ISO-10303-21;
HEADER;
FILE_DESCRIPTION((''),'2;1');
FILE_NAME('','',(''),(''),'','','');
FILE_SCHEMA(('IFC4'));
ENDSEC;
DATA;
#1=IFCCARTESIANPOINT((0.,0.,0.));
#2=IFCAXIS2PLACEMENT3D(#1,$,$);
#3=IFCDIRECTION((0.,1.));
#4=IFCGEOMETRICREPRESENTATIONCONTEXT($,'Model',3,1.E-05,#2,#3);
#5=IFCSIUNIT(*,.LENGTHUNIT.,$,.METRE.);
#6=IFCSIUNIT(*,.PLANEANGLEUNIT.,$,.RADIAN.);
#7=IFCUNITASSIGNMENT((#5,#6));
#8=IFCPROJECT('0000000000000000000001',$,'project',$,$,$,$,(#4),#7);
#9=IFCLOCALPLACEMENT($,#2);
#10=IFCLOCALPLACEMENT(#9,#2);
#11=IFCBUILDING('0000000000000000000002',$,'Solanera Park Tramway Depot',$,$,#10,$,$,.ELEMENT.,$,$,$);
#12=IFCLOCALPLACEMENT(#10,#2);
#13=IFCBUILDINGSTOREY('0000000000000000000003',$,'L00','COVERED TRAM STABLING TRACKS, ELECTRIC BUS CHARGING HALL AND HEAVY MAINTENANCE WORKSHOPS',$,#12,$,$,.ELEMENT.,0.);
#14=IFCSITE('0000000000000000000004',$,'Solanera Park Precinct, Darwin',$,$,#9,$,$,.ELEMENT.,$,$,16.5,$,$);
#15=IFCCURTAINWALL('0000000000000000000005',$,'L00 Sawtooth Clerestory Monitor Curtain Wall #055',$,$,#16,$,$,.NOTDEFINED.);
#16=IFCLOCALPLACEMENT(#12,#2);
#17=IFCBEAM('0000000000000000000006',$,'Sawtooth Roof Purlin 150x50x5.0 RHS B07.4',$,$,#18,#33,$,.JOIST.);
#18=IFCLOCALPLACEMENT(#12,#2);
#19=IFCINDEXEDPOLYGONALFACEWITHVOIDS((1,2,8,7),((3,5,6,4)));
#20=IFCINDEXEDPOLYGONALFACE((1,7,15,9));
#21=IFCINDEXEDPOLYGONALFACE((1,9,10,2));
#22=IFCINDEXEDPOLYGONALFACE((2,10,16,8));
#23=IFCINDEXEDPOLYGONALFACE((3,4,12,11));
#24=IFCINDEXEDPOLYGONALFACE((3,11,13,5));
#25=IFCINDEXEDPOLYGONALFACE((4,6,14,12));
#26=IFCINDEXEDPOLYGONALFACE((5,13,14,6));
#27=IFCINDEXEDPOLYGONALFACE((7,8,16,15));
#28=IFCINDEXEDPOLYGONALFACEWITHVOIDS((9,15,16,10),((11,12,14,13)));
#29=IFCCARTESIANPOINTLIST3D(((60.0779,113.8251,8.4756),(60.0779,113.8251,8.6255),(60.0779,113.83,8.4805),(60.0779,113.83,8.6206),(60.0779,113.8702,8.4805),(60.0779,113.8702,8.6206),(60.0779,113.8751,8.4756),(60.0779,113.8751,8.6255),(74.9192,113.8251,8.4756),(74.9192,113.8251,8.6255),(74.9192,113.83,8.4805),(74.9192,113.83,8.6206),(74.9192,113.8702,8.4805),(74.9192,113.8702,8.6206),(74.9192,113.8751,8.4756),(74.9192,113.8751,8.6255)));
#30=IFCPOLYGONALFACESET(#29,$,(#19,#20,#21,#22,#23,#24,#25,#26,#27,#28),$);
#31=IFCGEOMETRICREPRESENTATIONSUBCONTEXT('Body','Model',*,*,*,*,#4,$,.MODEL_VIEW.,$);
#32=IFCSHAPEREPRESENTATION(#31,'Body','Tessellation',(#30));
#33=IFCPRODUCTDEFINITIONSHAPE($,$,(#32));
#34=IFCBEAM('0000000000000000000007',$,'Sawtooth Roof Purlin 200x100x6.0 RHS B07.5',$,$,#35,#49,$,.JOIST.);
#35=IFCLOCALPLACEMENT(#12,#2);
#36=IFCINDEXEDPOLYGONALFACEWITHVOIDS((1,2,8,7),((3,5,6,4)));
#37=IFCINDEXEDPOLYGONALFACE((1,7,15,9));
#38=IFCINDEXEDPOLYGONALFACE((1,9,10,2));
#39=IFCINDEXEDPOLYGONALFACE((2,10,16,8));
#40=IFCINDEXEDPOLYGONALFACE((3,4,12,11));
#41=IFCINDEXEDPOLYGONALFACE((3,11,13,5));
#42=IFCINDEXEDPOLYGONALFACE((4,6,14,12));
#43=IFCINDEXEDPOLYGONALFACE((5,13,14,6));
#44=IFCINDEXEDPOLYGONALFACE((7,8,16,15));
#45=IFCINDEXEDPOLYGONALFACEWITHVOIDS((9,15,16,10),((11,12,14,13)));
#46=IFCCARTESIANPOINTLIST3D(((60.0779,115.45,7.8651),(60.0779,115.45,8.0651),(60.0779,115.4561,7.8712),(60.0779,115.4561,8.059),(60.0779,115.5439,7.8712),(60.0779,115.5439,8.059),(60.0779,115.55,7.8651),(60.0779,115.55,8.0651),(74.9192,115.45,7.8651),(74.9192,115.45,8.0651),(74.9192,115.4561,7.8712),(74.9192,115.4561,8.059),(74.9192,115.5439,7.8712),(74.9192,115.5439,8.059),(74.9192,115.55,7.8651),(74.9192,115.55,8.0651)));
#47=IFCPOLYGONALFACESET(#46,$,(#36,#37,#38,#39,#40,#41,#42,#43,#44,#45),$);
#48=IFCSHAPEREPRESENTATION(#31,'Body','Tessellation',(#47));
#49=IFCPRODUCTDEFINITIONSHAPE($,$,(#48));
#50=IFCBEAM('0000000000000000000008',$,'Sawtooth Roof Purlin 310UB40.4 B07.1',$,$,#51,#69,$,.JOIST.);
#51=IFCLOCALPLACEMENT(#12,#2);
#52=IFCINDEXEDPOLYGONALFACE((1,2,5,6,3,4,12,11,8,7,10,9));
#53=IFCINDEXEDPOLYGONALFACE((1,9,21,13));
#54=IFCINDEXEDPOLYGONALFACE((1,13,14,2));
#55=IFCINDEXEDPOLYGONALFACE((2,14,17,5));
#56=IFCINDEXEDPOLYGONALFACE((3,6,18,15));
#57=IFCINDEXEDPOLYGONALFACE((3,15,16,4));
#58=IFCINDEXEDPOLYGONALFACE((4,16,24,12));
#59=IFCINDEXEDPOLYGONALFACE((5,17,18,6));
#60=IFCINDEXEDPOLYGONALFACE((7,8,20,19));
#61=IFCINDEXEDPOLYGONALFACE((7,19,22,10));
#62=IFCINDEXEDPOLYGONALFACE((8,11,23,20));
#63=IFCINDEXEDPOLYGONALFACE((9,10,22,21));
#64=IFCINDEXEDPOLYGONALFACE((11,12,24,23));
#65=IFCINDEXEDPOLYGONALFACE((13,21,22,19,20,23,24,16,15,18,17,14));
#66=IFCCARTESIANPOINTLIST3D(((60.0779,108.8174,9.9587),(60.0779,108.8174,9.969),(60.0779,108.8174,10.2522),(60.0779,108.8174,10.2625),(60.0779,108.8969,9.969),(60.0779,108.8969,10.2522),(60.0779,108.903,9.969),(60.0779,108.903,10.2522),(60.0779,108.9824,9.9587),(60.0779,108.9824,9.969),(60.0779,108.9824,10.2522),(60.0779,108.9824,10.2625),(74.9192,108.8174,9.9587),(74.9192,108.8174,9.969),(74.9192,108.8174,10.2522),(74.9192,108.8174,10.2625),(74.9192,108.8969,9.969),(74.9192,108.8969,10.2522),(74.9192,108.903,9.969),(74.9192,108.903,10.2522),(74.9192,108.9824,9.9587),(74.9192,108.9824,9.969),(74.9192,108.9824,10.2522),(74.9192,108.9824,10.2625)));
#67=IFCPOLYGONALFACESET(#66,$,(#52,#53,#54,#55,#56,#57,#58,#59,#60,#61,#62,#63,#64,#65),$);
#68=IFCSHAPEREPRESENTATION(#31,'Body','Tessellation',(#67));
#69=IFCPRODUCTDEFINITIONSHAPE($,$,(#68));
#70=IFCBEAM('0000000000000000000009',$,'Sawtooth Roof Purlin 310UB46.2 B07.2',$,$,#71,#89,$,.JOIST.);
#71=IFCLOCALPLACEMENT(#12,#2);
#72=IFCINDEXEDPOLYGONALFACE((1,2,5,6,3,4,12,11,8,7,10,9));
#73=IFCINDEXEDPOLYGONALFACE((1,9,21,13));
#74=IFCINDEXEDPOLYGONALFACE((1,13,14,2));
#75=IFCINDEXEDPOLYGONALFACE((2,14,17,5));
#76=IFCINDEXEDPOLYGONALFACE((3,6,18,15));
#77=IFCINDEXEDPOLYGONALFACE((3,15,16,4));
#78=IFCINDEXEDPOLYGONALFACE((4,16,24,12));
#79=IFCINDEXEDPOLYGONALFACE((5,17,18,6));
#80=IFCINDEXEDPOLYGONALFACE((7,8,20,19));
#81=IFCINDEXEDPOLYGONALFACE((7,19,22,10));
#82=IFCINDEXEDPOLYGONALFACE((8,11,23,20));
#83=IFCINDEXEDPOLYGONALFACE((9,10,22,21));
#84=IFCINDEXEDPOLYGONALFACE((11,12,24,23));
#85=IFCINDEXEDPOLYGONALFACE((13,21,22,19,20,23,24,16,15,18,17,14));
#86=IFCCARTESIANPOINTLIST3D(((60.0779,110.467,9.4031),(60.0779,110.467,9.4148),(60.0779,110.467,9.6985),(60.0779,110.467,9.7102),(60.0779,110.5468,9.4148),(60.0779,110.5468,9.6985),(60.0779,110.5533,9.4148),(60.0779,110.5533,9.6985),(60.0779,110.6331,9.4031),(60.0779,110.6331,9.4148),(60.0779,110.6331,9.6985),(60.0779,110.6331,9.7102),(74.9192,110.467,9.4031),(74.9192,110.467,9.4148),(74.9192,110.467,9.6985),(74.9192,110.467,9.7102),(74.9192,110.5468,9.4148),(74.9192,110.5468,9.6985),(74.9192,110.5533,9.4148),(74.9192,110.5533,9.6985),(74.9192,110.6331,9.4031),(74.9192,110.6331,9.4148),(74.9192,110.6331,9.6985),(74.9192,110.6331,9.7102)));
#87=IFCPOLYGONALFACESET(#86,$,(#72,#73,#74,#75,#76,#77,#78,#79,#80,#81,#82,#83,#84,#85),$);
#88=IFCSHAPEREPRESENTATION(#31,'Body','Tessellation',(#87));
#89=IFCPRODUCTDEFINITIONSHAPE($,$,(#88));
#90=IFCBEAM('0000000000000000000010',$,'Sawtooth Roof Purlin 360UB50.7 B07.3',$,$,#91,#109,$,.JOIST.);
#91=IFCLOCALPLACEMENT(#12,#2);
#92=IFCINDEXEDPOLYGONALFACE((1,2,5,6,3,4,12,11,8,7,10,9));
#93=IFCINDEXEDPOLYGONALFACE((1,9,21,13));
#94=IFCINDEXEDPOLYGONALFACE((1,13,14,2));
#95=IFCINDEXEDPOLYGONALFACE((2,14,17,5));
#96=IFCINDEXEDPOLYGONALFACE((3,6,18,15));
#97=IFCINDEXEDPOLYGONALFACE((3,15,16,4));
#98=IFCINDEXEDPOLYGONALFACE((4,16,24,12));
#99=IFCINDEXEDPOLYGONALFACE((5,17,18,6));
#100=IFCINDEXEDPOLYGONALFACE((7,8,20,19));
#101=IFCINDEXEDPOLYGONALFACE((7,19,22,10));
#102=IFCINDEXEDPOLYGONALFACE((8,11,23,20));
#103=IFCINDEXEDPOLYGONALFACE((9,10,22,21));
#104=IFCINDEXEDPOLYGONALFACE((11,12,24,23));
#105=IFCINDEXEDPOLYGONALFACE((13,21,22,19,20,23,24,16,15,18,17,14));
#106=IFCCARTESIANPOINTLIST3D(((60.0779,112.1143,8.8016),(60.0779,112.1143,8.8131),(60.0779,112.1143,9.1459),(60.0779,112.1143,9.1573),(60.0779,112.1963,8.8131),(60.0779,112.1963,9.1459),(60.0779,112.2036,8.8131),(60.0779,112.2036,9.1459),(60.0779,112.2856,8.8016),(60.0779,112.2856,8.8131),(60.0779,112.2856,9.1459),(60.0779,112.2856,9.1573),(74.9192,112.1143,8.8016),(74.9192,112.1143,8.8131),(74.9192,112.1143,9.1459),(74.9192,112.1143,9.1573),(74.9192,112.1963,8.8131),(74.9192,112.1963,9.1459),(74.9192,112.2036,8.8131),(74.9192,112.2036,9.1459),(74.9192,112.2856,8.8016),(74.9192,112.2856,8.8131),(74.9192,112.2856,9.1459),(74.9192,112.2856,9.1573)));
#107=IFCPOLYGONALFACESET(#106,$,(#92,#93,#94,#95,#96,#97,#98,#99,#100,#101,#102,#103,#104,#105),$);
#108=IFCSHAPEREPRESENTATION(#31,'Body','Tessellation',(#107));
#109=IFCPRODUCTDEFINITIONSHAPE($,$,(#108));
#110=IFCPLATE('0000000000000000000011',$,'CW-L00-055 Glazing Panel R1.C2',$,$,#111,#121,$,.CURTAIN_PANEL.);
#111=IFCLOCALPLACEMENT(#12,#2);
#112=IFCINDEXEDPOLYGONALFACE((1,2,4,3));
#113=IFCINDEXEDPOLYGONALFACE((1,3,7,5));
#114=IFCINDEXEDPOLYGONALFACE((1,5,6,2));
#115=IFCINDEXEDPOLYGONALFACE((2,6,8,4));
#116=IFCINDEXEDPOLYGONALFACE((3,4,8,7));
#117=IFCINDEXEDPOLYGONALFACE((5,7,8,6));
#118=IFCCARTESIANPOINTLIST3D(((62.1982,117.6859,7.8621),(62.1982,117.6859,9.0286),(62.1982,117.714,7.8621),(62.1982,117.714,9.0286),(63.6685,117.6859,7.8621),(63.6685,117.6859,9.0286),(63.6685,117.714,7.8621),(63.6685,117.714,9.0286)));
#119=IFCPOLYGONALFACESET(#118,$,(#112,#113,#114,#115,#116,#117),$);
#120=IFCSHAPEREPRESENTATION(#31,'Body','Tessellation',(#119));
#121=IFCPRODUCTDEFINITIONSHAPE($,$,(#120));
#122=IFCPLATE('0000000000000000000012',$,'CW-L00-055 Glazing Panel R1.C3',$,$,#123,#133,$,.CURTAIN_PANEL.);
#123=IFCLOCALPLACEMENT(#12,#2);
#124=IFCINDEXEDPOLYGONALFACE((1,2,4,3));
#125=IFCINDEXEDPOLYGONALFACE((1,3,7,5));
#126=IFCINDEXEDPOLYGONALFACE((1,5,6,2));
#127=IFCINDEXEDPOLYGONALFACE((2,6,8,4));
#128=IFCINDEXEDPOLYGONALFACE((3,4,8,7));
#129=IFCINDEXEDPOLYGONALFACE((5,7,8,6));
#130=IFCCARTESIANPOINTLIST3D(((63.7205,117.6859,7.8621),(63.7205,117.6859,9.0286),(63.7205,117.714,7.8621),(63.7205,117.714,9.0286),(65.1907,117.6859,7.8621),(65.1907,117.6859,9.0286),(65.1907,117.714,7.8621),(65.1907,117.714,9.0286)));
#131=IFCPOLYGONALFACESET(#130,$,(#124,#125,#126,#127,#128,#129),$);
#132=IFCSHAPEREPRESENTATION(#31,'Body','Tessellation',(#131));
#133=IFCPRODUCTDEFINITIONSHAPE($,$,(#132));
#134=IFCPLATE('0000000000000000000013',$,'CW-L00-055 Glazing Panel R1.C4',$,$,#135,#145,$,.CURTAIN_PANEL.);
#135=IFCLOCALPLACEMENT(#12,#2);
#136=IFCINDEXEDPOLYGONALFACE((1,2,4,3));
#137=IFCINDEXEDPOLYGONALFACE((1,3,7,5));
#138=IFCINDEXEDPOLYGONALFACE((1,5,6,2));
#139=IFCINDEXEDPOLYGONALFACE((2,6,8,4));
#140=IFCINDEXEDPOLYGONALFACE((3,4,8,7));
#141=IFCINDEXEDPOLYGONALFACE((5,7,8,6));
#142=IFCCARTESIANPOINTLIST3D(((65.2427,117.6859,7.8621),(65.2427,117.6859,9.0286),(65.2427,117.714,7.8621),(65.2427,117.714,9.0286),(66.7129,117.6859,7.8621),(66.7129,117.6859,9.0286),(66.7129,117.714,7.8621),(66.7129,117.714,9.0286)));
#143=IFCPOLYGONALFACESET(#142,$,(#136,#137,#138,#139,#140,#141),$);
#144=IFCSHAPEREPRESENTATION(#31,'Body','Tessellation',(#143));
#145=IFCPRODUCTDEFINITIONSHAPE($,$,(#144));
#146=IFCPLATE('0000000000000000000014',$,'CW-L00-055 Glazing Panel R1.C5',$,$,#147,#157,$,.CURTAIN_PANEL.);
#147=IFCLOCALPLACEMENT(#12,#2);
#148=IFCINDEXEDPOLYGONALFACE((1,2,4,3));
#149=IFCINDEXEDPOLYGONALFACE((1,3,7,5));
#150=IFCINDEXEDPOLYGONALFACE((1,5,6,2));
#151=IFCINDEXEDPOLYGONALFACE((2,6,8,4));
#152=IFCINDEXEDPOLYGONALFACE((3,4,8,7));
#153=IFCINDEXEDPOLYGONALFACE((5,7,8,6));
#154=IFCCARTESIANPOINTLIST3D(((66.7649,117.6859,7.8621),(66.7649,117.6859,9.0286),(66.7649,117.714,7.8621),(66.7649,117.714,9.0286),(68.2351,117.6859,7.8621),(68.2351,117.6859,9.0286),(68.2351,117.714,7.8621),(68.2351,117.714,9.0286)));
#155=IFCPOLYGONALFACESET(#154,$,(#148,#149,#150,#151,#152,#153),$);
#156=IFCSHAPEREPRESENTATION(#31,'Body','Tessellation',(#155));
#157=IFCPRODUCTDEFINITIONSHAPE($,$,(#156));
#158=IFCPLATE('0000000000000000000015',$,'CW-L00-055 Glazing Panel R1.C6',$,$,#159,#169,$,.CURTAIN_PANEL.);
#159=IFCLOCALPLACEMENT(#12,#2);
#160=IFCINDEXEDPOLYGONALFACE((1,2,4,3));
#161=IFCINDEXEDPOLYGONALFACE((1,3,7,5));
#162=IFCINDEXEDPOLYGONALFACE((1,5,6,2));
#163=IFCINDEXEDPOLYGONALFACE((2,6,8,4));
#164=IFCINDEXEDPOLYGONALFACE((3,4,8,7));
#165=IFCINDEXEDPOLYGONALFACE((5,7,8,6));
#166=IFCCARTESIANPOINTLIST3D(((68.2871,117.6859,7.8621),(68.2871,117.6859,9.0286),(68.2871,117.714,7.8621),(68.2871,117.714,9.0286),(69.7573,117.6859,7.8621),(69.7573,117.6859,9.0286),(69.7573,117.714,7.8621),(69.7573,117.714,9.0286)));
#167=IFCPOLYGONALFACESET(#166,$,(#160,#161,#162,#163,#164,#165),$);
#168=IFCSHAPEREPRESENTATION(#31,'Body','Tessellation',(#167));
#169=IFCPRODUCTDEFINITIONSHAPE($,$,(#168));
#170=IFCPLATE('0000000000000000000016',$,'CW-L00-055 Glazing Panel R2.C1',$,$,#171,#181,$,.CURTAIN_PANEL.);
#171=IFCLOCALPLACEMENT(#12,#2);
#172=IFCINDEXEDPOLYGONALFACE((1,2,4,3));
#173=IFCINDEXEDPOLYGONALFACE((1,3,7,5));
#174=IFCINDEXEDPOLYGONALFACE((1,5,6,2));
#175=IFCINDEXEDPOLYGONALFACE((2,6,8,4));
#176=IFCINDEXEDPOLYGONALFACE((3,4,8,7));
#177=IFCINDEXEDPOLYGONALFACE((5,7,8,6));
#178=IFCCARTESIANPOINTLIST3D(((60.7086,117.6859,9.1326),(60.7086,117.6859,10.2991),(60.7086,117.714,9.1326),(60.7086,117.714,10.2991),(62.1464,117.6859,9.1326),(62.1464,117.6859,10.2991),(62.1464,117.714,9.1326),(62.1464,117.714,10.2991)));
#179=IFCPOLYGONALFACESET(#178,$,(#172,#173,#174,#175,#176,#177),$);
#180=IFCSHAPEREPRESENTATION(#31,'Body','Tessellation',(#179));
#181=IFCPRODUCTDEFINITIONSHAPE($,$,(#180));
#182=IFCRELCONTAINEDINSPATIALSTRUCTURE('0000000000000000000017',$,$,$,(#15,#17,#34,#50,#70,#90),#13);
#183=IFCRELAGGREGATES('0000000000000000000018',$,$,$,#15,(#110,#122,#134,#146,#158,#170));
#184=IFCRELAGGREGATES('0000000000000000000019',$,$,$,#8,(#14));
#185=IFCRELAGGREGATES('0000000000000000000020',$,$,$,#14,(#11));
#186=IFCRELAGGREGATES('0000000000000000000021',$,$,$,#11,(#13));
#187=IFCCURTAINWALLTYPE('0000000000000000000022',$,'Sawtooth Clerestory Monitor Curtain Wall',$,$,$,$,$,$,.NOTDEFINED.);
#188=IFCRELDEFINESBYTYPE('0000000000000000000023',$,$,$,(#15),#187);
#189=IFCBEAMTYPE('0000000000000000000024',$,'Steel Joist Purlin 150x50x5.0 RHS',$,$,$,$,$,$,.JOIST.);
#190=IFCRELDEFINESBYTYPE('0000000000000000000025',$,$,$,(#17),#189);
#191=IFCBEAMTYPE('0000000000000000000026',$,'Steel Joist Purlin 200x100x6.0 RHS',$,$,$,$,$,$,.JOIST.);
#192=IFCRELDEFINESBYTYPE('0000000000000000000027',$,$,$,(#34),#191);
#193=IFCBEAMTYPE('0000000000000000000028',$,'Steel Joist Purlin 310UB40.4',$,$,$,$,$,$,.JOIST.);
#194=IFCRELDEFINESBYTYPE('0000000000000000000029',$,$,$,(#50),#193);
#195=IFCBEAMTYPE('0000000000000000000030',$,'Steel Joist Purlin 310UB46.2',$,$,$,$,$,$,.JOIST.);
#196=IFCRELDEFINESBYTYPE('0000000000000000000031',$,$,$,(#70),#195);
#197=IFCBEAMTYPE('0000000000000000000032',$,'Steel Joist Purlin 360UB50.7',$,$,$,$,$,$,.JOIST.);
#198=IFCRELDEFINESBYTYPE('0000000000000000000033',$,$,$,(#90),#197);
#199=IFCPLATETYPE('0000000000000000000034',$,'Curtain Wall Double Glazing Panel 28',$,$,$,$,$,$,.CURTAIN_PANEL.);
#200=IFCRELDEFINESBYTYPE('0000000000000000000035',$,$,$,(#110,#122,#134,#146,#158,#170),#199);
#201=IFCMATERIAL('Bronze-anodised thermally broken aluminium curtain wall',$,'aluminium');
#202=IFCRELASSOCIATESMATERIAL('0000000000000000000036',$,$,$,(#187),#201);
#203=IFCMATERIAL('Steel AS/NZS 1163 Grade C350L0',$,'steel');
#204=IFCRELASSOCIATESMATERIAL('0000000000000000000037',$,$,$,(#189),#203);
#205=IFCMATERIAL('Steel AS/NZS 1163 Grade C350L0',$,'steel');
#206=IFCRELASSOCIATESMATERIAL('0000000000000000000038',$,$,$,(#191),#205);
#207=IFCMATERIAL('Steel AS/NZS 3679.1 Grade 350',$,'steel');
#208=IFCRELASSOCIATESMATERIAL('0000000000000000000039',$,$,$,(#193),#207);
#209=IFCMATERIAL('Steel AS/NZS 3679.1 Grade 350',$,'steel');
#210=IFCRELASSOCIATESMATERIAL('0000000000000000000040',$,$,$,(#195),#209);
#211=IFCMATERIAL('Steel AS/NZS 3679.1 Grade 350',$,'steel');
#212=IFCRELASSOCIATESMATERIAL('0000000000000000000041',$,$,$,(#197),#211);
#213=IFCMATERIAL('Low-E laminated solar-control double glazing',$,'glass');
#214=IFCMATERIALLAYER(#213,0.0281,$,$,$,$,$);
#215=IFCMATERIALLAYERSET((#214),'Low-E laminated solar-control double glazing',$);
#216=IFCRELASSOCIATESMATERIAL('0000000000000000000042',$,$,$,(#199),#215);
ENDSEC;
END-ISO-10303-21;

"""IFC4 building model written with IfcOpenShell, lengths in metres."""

from ifc_helpers import new_model, si_unit, direction, frame, origin, origin_2d, place, context, subcontext, project, spatial, rectangle, hollow_rectangle, i_section, extrude, material, layer, layer_set, material_profile, profile_set, type_object, element, aggregate, save


model = new_model("IFC4")

# Units and contexts
model_context = context("Model", 3, precision=1e-05, world=origin(), true_north=direction((0.0, 1.0)))
body_context = subcontext(model_context, "Body", "Model", "MODEL_VIEW")
ifc_project = project(units=[si_unit("LENGTHUNIT", "METRE"), si_unit("PLANEANGLEUNIT", "RADIAN")], contexts=[model_context])

# Site, building, storey
site_placement = place(None, origin())
site = spatial("IfcSite", under=ifc_project, at=site_placement, Name="Solanera Park Precinct, Darwin", CompositionType="ELEMENT", RefElevation=16.5)
building_placement = place(site_placement, origin())
building = spatial("IfcBuilding", under=site, at=building_placement, Name="Solanera Park Tramway Depot", CompositionType="ELEMENT")
storey_placement = place(building_placement, origin())
storey = spatial("IfcBuildingStorey", under=building, at=storey_placement, Name="L00", Description="COVERED TRAM STABLING TRACKS, ELECTRIC BUS CHARGING HALL AND HEAVY MAINTENANCE WORKSHOPS", CompositionType="ELEMENT", Elevation=0.0)

# Curtain wall
ifc_material_1 = material(Name="Bronze-anodised thermally broken aluminium curtain wall", Category="aluminium")
curtain_wall_type = type_object("IfcCurtainWallType", Name="Sawtooth Clerestory Monitor Curtain Wall", PredefinedType="NOTDEFINED", material=ifc_material_1)
curtain_wall_placement = place(storey_placement, origin())
curtain_wall = element("IfcCurtainWall", 1, at=curtain_wall_placement, inside=storey, type_object=curtain_wall_type, Name="L00 Sawtooth Clerestory Monitor Curtain Wall #055", PredefinedType="NOTDEFINED")

# Beams
ifc_material_2 = material(Name="Steel AS/NZS 1163 Grade C350L0", Category="steel")
ifc_material_profile_1 = material_profile(ifc_material_2, hollow_rectangle(XDim=0.05, YDim=0.1499, WallThickness=0.0049, at=origin_2d()), Name="150x50x5.0 RHS")
ifc_profile_set_1 = profile_set([ifc_material_profile_1], Name="Steel AS/NZS 1163 Grade C350L0")
beam_type_1 = type_object("IfcBeamType", Name="Steel Joist Purlin 150x50x5.0 RHS", PredefinedType="JOIST", material=ifc_profile_set_1)
beam_1_placement = place(storey_placement, frame((60.0779, 113.8501, 8.5505), z_axis=(1.0, 0.0, 0.0), x_axis=(0.0, 1.0, 0.0)))
element("IfcBeam", 2, at=beam_1_placement, inside=storey, type_object=beam_type_1, Name="Sawtooth Roof Purlin 150x50x5.0 RHS B07.4", PredefinedType="JOIST", context=body_context, shape_type="SweptSolid", body=[
    extrude(hollow_rectangle(XDim=0.05, YDim=0.1499, WallThickness=0.0049, at=origin_2d()), origin(), (0.0, 0.0, 1.0), 14.8413),
])
ifc_material_3 = material(Name="Steel AS/NZS 1163 Grade C350L0", Category="steel")
ifc_material_profile_2 = material_profile(ifc_material_3, hollow_rectangle(XDim=0.1001, YDim=0.2, WallThickness=0.0061, at=origin_2d()), Name="200x100x6.0 RHS")
ifc_profile_set_2 = profile_set([ifc_material_profile_2], Name="Steel AS/NZS 1163 Grade C350L0")
beam_type_2 = type_object("IfcBeamType", Name="Steel Joist Purlin 200x100x6.0 RHS", PredefinedType="JOIST", material=ifc_profile_set_2)
beam_2_placement = place(storey_placement, frame((60.0779, 115.5, 7.9651), z_axis=(1.0, 0.0, 0.0), x_axis=(0.0, 1.0, 0.0)))
element("IfcBeam", 3, at=beam_2_placement, inside=storey, type_object=beam_type_2, Name="Sawtooth Roof Purlin 200x100x6.0 RHS B07.5", PredefinedType="JOIST", context=body_context, shape_type="SweptSolid", body=[
    extrude(hollow_rectangle(XDim=0.1001, YDim=0.2, WallThickness=0.0061, at=origin_2d()), origin(), (0.0, 0.0, 1.0), 14.8413),
])
ifc_material_4 = material(Name="Steel AS/NZS 3679.1 Grade 350", Category="steel")
ifc_material_profile_3 = material_profile(ifc_material_4, i_section(OverallWidth=0.165, OverallDepth=0.3037, WebThickness=0.0061, FlangeThickness=0.0103, at=origin_2d()), Name="310UB40.4")
ifc_profile_set_3 = profile_set([ifc_material_profile_3], Name="Steel AS/NZS 3679.1 Grade 350")
beam_type_3 = type_object("IfcBeamType", Name="Steel Joist Purlin 310UB40.4", PredefinedType="JOIST", material=ifc_profile_set_3)
beam_3_placement = place(storey_placement, frame((60.0779, 108.8999, 10.1106), z_axis=(1.0, 0.0, 0.0), x_axis=(0.0, 1.0, 0.0)))
element("IfcBeam", 4, at=beam_3_placement, inside=storey, type_object=beam_type_3, Name="Sawtooth Roof Purlin 310UB40.4 B07.1", PredefinedType="JOIST", context=body_context, shape_type="SweptSolid", body=[
    extrude(i_section(OverallWidth=0.165, OverallDepth=0.3037, WebThickness=0.0061, FlangeThickness=0.0103, at=origin_2d()), origin(), (0.0, 0.0, 1.0), 14.8413),
])
ifc_material_5 = material(Name="Steel AS/NZS 3679.1 Grade 350", Category="steel")
ifc_material_profile_4 = material_profile(ifc_material_5, i_section(OverallWidth=0.166, OverallDepth=0.3071, WebThickness=0.0066, FlangeThickness=0.0117, at=origin_2d()), Name="310UB46.2")
ifc_profile_set_4 = profile_set([ifc_material_profile_4], Name="Steel AS/NZS 3679.1 Grade 350")
beam_type_4 = type_object("IfcBeamType", Name="Steel Joist Purlin 310UB46.2", PredefinedType="JOIST", material=ifc_profile_set_4)
beam_4_placement = place(storey_placement, frame((60.0779, 110.55, 9.5566), z_axis=(1.0, 0.0, 0.0), x_axis=(0.0, 1.0, 0.0)))
element("IfcBeam", 5, at=beam_4_placement, inside=storey, type_object=beam_type_4, Name="Sawtooth Roof Purlin 310UB46.2 B07.2", PredefinedType="JOIST", context=body_context, shape_type="SweptSolid", body=[
    extrude(i_section(OverallWidth=0.166, OverallDepth=0.3071, WebThickness=0.0066, FlangeThickness=0.0117, at=origin_2d()), origin(), (0.0, 0.0, 1.0), 14.8413),
])
ifc_material_6 = material(Name="Steel AS/NZS 3679.1 Grade 350", Category="steel")
ifc_material_profile_5 = material_profile(ifc_material_6, i_section(OverallWidth=0.1714, OverallDepth=0.3557, WebThickness=0.0073, FlangeThickness=0.0115, at=origin_2d()), Name="360UB50.7")
ifc_profile_set_5 = profile_set([ifc_material_profile_5], Name="Steel AS/NZS 3679.1 Grade 350")
beam_type_5 = type_object("IfcBeamType", Name="Steel Joist Purlin 360UB50.7", PredefinedType="JOIST", material=ifc_profile_set_5)
beam_5_placement = place(storey_placement, frame((60.0779, 112.2, 8.9795), z_axis=(1.0, 0.0, 0.0), x_axis=(0.0, 1.0, 0.0)))
element("IfcBeam", 6, at=beam_5_placement, inside=storey, type_object=beam_type_5, Name="Sawtooth Roof Purlin 360UB50.7 B07.3", PredefinedType="JOIST", context=body_context, shape_type="SweptSolid", body=[
    extrude(i_section(OverallWidth=0.1714, OverallDepth=0.3557, WebThickness=0.0073, FlangeThickness=0.0115, at=origin_2d()), origin(), (0.0, 0.0, 1.0), 14.8413),
])

# Plates
ifc_material_7 = material(Name="Low-E laminated solar-control double glazing", Category="glass")
ifc_layer_1 = layer(ifc_material_7, 0.0281)
ifc_layer_set_1 = layer_set([ifc_layer_1], Name="Low-E laminated solar-control double glazing")
plate_type_1 = type_object("IfcPlateType", Name="Curtain Wall Double Glazing Panel 28", PredefinedType="CURTAIN_PANEL", material=ifc_layer_set_1)
plate_1_placement = place(storey_placement, frame((62.9333, 117.7, 7.8621), z_axis=(0.0, 0.0, 1.0), x_axis=(1.0, 0.0, 0.0)))
plate_1 = element("IfcPlate", 7, at=plate_1_placement, type_object=plate_type_1, Name="CW-L00-055 Glazing Panel R1.C2", PredefinedType="CURTAIN_PANEL", context=body_context, shape_type="SweptSolid", body=[
    extrude(rectangle(XDim=1.4702, YDim=0.0281, at=origin_2d()), origin(), (0.0, 0.0, 1.0), 1.1665),
])
plate_2_placement = place(storey_placement, frame((64.4556, 117.7, 7.8621), z_axis=(0.0, 0.0, 1.0), x_axis=(1.0, 0.0, 0.0)))
plate_2 = element("IfcPlate", 8, at=plate_2_placement, type_object=plate_type_1, Name="CW-L00-055 Glazing Panel R1.C3", PredefinedType="CURTAIN_PANEL", context=body_context, shape_type="SweptSolid", body=[
    extrude(rectangle(XDim=1.4702, YDim=0.0281, at=origin_2d()), origin(), (0.0, 0.0, 1.0), 1.1665),
])
plate_3_placement = place(storey_placement, frame((65.9778, 117.7, 7.8621), z_axis=(0.0, 0.0, 1.0), x_axis=(1.0, 0.0, 0.0)))
plate_3 = element("IfcPlate", 9, at=plate_3_placement, type_object=plate_type_1, Name="CW-L00-055 Glazing Panel R1.C4", PredefinedType="CURTAIN_PANEL", context=body_context, shape_type="SweptSolid", body=[
    extrude(rectangle(XDim=1.4702, YDim=0.0281, at=origin_2d()), origin(), (0.0, 0.0, 1.0), 1.1665),
])
plate_4_placement = place(storey_placement, frame((67.5, 117.7, 7.8621), z_axis=(0.0, 0.0, 1.0), x_axis=(1.0, 0.0, 0.0)))
plate_4 = element("IfcPlate", 10, at=plate_4_placement, type_object=plate_type_1, Name="CW-L00-055 Glazing Panel R1.C5", PredefinedType="CURTAIN_PANEL", context=body_context, shape_type="SweptSolid", body=[
    extrude(rectangle(XDim=1.4702, YDim=0.0281, at=origin_2d()), origin(), (0.0, 0.0, 1.0), 1.1665),
])
plate_5_placement = place(storey_placement, frame((69.0222, 117.7, 7.8621), z_axis=(0.0, 0.0, 1.0), x_axis=(1.0, 0.0, 0.0)))
plate_5 = element("IfcPlate", 11, at=plate_5_placement, type_object=plate_type_1, Name="CW-L00-055 Glazing Panel R1.C6", PredefinedType="CURTAIN_PANEL", context=body_context, shape_type="SweptSolid", body=[
    extrude(rectangle(XDim=1.4702, YDim=0.0281, at=origin_2d()), origin(), (0.0, 0.0, 1.0), 1.1665),
])
plate_6_placement = place(storey_placement, frame((61.4275, 117.7, 9.1326), z_axis=(0.0, 0.0, 1.0), x_axis=(1.0, 0.0, 0.0)))
plate_6 = element("IfcPlate", 12, at=plate_6_placement, type_object=plate_type_1, Name="CW-L00-055 Glazing Panel R2.C1", PredefinedType="CURTAIN_PANEL", context=body_context, shape_type="SweptSolid", body=[
    extrude(rectangle(XDim=1.4377, YDim=0.0281, at=origin_2d()), origin(), (0.0, 0.0, 1.0), 1.1665),
])
aggregate(curtain_wall, [plate_1, plate_2, plate_3, plate_4, plate_5, plate_6])

save(model, "model.ifc")
